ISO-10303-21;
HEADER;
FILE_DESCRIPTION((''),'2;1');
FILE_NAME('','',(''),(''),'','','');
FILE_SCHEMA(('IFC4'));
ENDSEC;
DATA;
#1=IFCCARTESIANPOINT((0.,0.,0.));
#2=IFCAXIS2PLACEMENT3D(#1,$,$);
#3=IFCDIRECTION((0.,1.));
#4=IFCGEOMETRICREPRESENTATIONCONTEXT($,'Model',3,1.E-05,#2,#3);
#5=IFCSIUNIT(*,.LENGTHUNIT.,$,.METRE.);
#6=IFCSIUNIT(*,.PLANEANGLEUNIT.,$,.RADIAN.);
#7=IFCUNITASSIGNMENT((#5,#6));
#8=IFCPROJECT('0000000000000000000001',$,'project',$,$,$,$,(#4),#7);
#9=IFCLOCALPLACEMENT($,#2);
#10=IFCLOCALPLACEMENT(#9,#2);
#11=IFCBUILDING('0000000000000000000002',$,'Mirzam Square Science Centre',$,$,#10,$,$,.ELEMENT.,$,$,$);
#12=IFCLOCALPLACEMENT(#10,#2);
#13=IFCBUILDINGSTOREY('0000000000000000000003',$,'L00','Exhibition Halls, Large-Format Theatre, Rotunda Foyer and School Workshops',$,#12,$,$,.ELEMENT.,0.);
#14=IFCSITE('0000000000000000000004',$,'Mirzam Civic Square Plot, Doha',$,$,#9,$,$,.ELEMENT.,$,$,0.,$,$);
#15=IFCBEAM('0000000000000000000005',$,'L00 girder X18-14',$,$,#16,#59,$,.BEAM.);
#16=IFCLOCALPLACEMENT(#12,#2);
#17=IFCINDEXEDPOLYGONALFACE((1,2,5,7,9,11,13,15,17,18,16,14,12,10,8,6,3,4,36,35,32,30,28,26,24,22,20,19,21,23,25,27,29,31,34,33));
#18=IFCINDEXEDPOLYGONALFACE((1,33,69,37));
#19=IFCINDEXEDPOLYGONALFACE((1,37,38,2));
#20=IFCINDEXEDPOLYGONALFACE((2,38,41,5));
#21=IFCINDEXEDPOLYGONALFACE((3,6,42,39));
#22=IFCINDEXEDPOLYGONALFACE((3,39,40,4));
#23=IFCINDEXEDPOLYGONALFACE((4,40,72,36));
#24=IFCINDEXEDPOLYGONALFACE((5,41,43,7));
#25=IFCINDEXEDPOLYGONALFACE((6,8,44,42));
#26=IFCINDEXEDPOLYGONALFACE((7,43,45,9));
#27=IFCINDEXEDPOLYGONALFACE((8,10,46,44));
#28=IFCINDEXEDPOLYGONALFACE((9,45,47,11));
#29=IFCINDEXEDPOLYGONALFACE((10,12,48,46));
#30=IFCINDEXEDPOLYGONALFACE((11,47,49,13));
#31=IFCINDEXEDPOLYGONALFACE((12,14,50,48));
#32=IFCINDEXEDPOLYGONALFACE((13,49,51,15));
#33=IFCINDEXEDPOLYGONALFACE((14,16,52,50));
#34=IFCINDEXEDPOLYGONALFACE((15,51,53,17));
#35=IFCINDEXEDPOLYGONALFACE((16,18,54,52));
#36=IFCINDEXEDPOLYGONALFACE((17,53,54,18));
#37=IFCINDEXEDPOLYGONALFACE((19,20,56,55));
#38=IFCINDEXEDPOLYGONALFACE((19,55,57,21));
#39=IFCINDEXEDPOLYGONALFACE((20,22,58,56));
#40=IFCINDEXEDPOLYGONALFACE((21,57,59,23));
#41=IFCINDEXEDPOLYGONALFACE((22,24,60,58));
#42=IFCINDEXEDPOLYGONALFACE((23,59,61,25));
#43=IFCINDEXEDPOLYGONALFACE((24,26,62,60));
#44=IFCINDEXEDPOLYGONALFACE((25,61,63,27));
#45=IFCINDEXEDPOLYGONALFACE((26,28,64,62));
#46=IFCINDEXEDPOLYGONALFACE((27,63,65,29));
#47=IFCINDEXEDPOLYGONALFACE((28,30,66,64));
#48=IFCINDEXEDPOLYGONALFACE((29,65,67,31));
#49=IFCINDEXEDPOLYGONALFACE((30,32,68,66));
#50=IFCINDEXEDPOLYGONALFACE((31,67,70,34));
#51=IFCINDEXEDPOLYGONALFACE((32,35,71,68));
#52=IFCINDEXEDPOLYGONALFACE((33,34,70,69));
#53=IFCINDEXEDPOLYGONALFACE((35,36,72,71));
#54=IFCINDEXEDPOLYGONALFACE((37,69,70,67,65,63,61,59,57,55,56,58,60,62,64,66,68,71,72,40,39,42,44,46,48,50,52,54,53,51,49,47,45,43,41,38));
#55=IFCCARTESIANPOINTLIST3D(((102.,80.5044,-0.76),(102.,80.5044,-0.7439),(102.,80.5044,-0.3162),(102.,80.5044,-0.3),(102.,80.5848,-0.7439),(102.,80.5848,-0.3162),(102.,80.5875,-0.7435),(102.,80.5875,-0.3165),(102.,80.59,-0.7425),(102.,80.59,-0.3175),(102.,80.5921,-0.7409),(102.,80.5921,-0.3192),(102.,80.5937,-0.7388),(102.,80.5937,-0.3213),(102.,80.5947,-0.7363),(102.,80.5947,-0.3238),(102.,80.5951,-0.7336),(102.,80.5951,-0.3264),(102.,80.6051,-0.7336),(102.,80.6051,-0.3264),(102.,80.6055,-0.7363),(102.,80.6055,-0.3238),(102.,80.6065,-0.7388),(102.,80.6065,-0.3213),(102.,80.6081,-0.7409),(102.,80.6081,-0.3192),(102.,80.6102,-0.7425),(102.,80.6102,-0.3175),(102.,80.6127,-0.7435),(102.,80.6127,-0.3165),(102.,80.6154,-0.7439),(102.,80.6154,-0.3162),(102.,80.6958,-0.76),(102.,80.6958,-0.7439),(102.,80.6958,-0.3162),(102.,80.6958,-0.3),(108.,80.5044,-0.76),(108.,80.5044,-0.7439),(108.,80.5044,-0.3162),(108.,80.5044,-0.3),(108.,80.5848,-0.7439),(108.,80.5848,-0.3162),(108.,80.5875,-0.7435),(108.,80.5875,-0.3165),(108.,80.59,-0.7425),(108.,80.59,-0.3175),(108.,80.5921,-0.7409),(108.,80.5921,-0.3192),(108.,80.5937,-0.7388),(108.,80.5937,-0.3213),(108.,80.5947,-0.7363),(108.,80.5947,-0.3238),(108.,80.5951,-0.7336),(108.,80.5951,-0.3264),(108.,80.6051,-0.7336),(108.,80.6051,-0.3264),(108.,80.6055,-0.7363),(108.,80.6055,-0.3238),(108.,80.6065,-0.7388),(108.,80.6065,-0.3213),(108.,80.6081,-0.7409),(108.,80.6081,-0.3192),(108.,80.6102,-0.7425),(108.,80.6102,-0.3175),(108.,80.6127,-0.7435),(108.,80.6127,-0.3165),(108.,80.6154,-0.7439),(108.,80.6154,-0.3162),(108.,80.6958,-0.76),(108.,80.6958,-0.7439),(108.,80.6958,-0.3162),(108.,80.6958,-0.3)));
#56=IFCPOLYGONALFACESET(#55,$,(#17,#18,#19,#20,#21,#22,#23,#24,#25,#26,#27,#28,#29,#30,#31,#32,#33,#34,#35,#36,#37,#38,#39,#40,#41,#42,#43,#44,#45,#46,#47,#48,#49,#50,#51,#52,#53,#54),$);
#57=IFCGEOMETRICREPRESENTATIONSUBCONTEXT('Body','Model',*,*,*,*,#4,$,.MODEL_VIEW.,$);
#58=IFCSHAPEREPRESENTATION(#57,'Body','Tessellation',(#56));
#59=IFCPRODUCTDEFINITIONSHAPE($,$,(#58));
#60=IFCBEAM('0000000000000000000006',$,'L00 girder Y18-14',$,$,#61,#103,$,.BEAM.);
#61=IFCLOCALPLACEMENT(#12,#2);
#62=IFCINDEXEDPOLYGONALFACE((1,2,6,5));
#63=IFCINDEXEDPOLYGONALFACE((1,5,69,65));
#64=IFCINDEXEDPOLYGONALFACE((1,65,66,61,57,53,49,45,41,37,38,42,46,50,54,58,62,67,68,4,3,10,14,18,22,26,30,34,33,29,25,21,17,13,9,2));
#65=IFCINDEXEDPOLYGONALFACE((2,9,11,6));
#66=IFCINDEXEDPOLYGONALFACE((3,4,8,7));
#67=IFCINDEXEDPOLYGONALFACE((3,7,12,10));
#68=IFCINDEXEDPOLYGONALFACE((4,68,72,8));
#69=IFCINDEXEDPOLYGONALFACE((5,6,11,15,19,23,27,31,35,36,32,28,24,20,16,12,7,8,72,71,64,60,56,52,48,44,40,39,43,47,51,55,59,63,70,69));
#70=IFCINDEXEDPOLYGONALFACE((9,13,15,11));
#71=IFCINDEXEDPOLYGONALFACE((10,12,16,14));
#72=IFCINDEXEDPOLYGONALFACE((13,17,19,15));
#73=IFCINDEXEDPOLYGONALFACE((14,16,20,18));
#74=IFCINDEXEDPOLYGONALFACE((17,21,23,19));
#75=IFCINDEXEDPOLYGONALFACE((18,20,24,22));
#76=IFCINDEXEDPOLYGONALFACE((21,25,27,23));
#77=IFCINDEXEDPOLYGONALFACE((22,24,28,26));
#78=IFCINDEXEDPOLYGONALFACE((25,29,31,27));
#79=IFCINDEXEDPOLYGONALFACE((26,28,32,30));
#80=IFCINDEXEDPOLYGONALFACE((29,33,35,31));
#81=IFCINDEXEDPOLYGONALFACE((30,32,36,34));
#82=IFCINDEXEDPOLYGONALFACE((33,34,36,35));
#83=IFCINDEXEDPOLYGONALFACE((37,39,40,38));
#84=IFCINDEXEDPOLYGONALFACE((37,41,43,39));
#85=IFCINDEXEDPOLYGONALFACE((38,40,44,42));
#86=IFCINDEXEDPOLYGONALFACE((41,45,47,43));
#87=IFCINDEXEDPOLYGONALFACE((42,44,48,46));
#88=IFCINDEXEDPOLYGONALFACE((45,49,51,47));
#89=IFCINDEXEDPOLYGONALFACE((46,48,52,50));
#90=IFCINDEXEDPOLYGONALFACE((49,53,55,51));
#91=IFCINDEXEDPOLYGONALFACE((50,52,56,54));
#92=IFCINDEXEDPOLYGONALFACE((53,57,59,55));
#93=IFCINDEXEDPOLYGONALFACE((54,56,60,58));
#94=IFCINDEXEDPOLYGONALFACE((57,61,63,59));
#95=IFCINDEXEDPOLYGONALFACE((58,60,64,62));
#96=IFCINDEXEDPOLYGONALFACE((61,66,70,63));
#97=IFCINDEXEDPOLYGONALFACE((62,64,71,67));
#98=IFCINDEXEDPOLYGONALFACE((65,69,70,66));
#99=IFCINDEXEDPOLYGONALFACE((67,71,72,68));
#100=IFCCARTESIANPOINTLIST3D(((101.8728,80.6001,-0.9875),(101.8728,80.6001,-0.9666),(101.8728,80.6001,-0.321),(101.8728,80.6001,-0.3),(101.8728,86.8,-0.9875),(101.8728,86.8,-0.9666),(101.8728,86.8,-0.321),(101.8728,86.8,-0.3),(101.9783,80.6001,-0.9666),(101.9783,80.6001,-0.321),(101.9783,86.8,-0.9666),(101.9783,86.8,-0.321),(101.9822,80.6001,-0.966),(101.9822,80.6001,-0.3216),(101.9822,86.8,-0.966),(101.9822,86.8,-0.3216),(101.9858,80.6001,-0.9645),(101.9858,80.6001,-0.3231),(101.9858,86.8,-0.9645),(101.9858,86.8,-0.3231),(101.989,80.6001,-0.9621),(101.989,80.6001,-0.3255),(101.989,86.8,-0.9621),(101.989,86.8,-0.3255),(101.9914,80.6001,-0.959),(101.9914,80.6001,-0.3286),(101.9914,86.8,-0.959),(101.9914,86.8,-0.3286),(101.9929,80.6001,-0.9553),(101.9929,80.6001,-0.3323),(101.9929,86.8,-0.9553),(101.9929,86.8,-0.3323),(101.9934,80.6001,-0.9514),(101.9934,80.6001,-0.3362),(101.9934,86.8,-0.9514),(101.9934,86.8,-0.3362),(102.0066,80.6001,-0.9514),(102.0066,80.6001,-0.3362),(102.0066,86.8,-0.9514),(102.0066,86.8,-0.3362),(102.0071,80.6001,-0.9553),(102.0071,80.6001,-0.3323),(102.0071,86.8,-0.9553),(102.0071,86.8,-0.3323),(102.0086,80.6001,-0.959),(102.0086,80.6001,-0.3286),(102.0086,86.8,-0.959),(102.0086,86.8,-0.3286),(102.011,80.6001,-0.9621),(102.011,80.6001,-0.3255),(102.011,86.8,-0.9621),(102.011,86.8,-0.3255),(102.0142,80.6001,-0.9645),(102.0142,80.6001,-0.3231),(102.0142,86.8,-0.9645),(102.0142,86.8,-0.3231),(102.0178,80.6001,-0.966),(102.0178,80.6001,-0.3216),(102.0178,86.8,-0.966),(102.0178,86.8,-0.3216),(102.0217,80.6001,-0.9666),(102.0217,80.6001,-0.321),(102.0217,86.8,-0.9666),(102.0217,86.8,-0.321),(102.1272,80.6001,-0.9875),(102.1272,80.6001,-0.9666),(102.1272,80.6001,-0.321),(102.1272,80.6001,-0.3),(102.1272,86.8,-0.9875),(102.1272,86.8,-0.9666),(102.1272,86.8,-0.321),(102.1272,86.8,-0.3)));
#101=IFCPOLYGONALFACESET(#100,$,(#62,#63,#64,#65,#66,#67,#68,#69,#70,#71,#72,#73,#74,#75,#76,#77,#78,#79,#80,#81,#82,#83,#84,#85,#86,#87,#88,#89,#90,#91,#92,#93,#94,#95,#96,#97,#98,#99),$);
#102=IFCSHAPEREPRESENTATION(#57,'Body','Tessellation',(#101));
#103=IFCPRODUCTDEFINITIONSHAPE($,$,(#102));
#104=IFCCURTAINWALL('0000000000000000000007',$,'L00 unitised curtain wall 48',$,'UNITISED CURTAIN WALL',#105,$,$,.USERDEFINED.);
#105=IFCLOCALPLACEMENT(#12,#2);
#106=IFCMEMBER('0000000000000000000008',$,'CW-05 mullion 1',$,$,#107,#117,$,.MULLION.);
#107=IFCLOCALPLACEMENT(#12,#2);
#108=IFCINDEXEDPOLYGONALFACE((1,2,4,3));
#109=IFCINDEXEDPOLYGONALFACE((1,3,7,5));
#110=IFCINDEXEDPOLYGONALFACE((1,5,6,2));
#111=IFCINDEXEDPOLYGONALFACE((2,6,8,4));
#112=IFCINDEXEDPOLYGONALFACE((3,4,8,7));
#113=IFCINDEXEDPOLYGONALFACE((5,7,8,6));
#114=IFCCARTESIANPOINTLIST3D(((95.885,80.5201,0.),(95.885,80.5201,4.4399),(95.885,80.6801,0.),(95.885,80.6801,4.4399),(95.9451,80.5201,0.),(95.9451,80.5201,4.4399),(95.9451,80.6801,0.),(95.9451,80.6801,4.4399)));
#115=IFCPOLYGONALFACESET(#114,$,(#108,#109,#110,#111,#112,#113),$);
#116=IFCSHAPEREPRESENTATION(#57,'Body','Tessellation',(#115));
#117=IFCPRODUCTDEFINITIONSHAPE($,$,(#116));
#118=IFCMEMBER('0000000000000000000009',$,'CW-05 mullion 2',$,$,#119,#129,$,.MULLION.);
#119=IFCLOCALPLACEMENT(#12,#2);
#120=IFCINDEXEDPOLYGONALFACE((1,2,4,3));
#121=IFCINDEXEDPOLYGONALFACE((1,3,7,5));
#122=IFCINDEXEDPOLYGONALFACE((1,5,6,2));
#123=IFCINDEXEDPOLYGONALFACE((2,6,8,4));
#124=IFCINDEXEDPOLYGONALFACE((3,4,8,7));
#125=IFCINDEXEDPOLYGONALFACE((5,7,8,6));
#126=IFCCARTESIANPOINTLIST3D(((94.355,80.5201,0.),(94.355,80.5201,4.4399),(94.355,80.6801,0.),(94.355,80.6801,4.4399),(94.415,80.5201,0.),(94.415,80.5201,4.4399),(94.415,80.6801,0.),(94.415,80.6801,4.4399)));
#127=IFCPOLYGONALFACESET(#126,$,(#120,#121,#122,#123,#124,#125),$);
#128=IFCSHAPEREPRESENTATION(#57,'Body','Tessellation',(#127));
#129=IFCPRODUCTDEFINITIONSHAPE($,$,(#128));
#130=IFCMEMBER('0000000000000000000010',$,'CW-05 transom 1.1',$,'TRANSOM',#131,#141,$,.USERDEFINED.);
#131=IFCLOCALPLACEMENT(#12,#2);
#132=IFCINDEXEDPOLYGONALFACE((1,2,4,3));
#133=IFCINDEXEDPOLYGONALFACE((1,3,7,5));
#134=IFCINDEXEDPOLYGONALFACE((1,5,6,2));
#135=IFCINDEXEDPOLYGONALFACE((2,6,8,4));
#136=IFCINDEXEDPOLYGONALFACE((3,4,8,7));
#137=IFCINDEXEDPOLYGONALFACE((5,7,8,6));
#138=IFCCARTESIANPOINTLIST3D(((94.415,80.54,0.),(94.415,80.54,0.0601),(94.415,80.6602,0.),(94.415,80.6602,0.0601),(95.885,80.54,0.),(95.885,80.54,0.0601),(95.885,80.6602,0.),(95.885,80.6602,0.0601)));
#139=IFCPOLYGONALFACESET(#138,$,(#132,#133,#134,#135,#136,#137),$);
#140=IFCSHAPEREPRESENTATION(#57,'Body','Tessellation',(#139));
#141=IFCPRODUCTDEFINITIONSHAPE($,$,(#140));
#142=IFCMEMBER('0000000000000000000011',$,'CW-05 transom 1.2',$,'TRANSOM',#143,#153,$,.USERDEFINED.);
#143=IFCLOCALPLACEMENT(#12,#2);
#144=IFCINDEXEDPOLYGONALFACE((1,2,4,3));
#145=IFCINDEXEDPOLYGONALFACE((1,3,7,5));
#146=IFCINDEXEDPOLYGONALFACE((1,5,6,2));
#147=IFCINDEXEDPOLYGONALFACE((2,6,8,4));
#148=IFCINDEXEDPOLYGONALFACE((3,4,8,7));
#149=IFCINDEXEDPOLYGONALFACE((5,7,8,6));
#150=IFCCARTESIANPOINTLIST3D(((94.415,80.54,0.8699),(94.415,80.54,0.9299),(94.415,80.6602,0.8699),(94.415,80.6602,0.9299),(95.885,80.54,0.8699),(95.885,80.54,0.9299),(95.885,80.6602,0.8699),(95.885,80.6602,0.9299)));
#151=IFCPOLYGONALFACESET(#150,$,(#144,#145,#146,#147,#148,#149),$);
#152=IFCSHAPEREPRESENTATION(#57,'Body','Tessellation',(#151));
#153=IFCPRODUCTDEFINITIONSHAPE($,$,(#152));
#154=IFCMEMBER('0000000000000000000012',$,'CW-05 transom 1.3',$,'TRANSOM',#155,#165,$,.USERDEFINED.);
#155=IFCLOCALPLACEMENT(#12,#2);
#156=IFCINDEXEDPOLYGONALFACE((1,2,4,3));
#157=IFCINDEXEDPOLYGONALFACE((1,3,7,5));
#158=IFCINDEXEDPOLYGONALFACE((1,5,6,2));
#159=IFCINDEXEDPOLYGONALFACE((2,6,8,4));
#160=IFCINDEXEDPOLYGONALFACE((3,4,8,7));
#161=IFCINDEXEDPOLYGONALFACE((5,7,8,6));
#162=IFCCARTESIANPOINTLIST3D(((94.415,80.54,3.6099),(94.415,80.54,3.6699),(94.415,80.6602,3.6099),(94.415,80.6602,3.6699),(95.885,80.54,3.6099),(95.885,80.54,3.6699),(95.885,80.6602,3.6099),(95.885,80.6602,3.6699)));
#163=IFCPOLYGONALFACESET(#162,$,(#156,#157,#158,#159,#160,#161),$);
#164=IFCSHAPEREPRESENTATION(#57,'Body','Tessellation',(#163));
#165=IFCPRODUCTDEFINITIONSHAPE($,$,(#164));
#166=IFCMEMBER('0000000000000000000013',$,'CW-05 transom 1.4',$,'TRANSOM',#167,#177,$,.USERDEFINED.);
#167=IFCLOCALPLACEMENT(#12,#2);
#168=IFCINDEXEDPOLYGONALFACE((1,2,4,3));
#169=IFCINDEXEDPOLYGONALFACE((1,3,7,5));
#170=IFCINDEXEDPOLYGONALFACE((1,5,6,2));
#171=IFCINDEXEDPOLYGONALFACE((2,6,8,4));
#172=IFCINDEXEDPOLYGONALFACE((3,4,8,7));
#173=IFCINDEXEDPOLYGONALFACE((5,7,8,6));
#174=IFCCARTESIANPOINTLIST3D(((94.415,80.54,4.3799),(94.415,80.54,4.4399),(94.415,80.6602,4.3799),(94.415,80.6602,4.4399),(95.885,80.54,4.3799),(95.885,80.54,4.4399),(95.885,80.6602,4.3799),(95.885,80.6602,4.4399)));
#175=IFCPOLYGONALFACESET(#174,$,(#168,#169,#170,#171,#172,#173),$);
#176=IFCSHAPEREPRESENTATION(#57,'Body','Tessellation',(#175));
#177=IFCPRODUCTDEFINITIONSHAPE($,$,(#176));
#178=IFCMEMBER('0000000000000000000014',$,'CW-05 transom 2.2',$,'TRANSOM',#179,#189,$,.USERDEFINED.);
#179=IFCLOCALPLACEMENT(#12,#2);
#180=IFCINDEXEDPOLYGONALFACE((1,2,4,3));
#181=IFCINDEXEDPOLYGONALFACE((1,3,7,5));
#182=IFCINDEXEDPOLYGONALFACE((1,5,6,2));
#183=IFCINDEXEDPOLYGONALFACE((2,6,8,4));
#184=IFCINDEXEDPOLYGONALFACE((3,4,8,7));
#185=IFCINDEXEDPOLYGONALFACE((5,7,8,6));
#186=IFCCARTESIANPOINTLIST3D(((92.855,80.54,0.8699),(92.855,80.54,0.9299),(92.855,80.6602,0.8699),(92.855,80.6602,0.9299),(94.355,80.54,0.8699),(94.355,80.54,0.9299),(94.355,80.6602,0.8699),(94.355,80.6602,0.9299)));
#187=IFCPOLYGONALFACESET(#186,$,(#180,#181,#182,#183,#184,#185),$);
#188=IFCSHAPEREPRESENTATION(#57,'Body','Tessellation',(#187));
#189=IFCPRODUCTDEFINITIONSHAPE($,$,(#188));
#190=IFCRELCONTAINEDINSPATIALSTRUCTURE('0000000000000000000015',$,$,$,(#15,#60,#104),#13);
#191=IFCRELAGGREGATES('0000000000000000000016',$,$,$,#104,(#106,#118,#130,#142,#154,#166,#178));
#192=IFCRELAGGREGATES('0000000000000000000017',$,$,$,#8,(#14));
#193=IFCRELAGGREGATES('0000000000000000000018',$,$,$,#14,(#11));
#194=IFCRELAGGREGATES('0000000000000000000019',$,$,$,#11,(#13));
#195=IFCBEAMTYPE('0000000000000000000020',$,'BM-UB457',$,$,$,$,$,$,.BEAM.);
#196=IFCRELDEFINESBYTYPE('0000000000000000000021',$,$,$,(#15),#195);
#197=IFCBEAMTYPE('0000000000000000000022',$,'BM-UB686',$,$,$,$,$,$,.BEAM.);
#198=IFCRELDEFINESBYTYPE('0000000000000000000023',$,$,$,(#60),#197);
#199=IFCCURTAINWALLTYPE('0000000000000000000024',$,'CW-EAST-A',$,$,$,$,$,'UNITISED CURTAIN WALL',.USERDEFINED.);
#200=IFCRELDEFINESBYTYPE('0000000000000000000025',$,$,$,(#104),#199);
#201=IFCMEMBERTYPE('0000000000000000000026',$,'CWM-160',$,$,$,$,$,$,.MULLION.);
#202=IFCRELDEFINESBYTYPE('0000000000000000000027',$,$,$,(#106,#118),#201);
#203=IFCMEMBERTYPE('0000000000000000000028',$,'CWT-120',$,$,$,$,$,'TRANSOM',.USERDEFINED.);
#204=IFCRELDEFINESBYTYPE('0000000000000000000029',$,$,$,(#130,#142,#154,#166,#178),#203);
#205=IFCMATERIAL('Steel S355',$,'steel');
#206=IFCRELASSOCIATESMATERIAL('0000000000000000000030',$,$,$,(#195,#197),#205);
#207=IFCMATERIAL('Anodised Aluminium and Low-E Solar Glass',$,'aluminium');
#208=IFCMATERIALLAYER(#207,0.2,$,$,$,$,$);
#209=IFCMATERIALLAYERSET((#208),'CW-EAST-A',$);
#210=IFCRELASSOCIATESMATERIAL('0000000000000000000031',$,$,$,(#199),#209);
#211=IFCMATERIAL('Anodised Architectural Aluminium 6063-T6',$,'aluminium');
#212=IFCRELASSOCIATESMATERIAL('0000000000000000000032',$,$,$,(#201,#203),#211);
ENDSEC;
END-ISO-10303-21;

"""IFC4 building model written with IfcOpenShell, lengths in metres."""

from ifc_helpers import new_model, si_unit, direction, frame, origin, origin_2d, place, context, subcontext, project, spatial, rectangle, i_section, extrude, material, layer, layer_set, material_profile, profile_set, type_object, element, aggregate, save


model = new_model("IFC4")

# Units and contexts
model_context = context("Model", 3, precision=1e-05, world=origin(), true_north=direction((0.0, 1.0)))
body_context = subcontext(model_context, "Body", "Model", "MODEL_VIEW")
ifc_project = project(units=[si_unit("LENGTHUNIT", "METRE"), si_unit("PLANEANGLEUNIT", "RADIAN")], contexts=[model_context])

# Site, building, storey
site_placement = place(None, origin())
site = spatial("IfcSite", under=ifc_project, at=site_placement, Name="Mirzam Civic Square Plot, Doha", CompositionType="ELEMENT", RefElevation=0.0)
building_placement = place(site_placement, origin())
building = spatial("IfcBuilding", under=site, at=building_placement, Name="Mirzam Square Science Centre", CompositionType="ELEMENT")
storey_placement = place(building_placement, origin())
storey = spatial("IfcBuildingStorey", under=building, at=storey_placement, Name="L00", Description="Exhibition Halls, Large-Format Theatre, Rotunda Foyer and School Workshops", CompositionType="ELEMENT", Elevation=0.0)

# Shared definitions
ifc_material_1 = material(Name="Steel S355", Category="steel")

# Beams
ifc_material_profile_1 = material_profile(ifc_material_1, i_section(OverallWidth=0.1914, OverallDepth=0.46, WebThickness=0.01, FlangeThickness=0.0161, FilletRadius=0.0103, at=origin_2d()), Name="457x191x82UB")
ifc_profile_set_1 = profile_set([ifc_material_profile_1], Name="Steel S355")
beam_type_1 = type_object("IfcBeamType", Name="BM-UB457", PredefinedType="BEAM", material=ifc_profile_set_1)
beam_1_placement = place(storey_placement, frame((102.0, 80.6001, -0.53), z_axis=(1.0, 0.0, 0.0), x_axis=(0.0, 1.0, 0.0)))
element("IfcBeam", 1, at=beam_1_placement, inside=storey, type_object=beam_type_1, Name="L00 girder X18-14", PredefinedType="BEAM", context=body_context, shape_type="SweptSolid", body=[
    extrude(i_section(OverallWidth=0.1914, OverallDepth=0.46, WebThickness=0.01, FlangeThickness=0.0161, FilletRadius=0.0103, at=origin_2d()), origin(), (0.0, 0.0, 1.0), 6.0),
])
ifc_material_profile_2 = material_profile(ifc_material_1, i_section(OverallWidth=0.2544, OverallDepth=0.6875, WebThickness=0.0132, FlangeThickness=0.021, FilletRadius=0.0151, at=origin_2d()), Name="686x254x152UB")
ifc_profile_set_2 = profile_set([ifc_material_profile_2], Name="Steel S355")
beam_type_2 = type_object("IfcBeamType", Name="BM-UB686", PredefinedType="BEAM", material=ifc_profile_set_2)
beam_2_placement = place(storey_placement, frame((102.0, 80.6001, -0.6438), z_axis=(0.0, 1.0, 0.0), x_axis=(-1.0, 0.0, 0.0)))
element("IfcBeam", 2, at=beam_2_placement, inside=storey, type_object=beam_type_2, Name="L00 girder Y18-14", PredefinedType="BEAM", context=body_context, shape_type="SweptSolid", body=[
    extrude(i_section(OverallWidth=0.2544, OverallDepth=0.6875, WebThickness=0.0132, FlangeThickness=0.021, FilletRadius=0.0151, at=origin_2d()), origin(), (0.0, 0.0, 1.0), 6.2),
])

# Curtain wall, members
ifc_material_2 = material(Name="Anodised Aluminium and Low-E Solar Glass", Category="aluminium")
ifc_layer_1 = layer(ifc_material_2, 0.2)
ifc_layer_set_1 = layer_set([ifc_layer_1], Name="CW-EAST-A")
curtain_wall_type = type_object("IfcCurtainWallType", Name="CW-EAST-A", ElementType="UNITISED CURTAIN WALL", PredefinedType="USERDEFINED", material=ifc_layer_set_1)
curtain_wall_placement = place(storey_placement, origin())
curtain_wall = element("IfcCurtainWall", 3, at=curtain_wall_placement, inside=storey, type_object=curtain_wall_type, Name="L00 unitised curtain wall 48", ObjectType="UNITISED CURTAIN WALL", PredefinedType="USERDEFINED")
ifc_material_3 = material(Name="Anodised Architectural Aluminium 6063-T6", Category="aluminium")
ifc_material_profile_3 = material_profile(ifc_material_3, rectangle(XDim=0.0601, YDim=0.1599, at=origin_2d()), Name="ALU-MULL-160x60x4")
ifc_profile_set_3 = profile_set([ifc_material_profile_3], Name="Anodised Architectural Aluminium 6063-T6")
member_type_1 = type_object("IfcMemberType", Name="CWM-160", PredefinedType="MULLION", material=ifc_profile_set_3)
member_1_placement = place(storey_placement, frame((95.915, 80.6001, 0.0), z_axis=(0.0, 0.0, 1.0), x_axis=(-1.0, 0.0, 0.0)))
member_1 = element("IfcMember", 4, at=member_1_placement, type_object=member_type_1, Name="CW-05 mullion 1", PredefinedType="MULLION", context=body_context, shape_type="SweptSolid", body=[
    extrude(rectangle(XDim=0.0601, YDim=0.1599, at=origin_2d()), origin(), (0.0, 0.0, 1.0), 4.4399),
])
member_2_placement = place(storey_placement, frame((94.385, 80.6001, 0.0), z_axis=(0.0, 0.0, 1.0), x_axis=(-1.0, 0.0, 0.0)))
member_2 = element("IfcMember", 5, at=member_2_placement, type_object=member_type_1, Name="CW-05 mullion 2", PredefinedType="MULLION", context=body_context, shape_type="SweptSolid", body=[
    extrude(rectangle(XDim=0.0601, YDim=0.1599, at=origin_2d()), origin(), (0.0, 0.0, 1.0), 4.4399),
])
ifc_material_profile_4 = material_profile(ifc_material_3, rectangle(XDim=0.1201, YDim=0.0601, at=origin_2d()), Name="ALU-TRAN-120x60x4")
ifc_profile_set_4 = profile_set([ifc_material_profile_4], Name="Anodised Architectural Aluminium 6063-T6")
member_type_2 = type_object("IfcMemberType", Name="CWT-120", ElementType="TRANSOM", PredefinedType="USERDEFINED", material=ifc_profile_set_4)
member_3_placement = place(storey_placement, frame((95.885, 80.6001, 0.03), z_axis=(-1.0, 0.0, 0.0), x_axis=(0.0, -1.0, 0.0)))
member_3 = element("IfcMember", 6, at=member_3_placement, type_object=member_type_2, Name="CW-05 transom 1.1", ObjectType="TRANSOM", PredefinedType="USERDEFINED", context=body_context, shape_type="SweptSolid", body=[
    extrude(rectangle(XDim=0.1201, YDim=0.0601, at=origin_2d()), origin(), (0.0, 0.0, 1.0), 1.47),
])
member_4_placement = place(storey_placement, frame((95.885, 80.6001, 0.8999), z_axis=(-1.0, 0.0, 0.0), x_axis=(0.0, -1.0, 0.0)))
member_4 = element("IfcMember", 7, at=member_4_placement, type_object=member_type_2, Name="CW-05 transom 1.2", ObjectType="TRANSOM", PredefinedType="USERDEFINED", context=body_context, shape_type="SweptSolid", body=[
    extrude(rectangle(XDim=0.1201, YDim=0.0601, at=origin_2d()), origin(), (0.0, 0.0, 1.0), 1.47),
])
member_5_placement = place(storey_placement, frame((95.885, 80.6001, 3.6399), z_axis=(-1.0, 0.0, 0.0), x_axis=(0.0, -1.0, 0.0)))
member_5 = element("IfcMember", 8, at=member_5_placement, type_object=member_type_2, Name="CW-05 transom 1.3", ObjectType="TRANSOM", PredefinedType="USERDEFINED", context=body_context, shape_type="SweptSolid", body=[
    extrude(rectangle(XDim=0.1201, YDim=0.0601, at=origin_2d()), origin(), (0.0, 0.0, 1.0), 1.47),
])
member_6_placement = place(storey_placement, frame((95.885, 80.6001, 4.4099), z_axis=(-1.0, 0.0, 0.0), x_axis=(0.0, -1.0, 0.0)))
member_6 = element("IfcMember", 9, at=member_6_placement, type_object=member_type_2, Name="CW-05 transom 1.4", ObjectType="TRANSOM", PredefinedType="USERDEFINED", context=body_context, shape_type="SweptSolid", body=[
    extrude(rectangle(XDim=0.1201, YDim=0.0601, at=origin_2d()), origin(), (0.0, 0.0, 1.0), 1.47),
])
member_7_placement = place(storey_placement, frame((94.355, 80.6001, 0.8999), z_axis=(-1.0, 0.0, 0.0), x_axis=(0.0, -1.0, 0.0)))
member_7 = element("IfcMember", 10, at=member_7_placement, type_object=member_type_2, Name="CW-05 transom 2.2", ObjectType="TRANSOM", PredefinedType="USERDEFINED", context=body_context, shape_type="SweptSolid", body=[
    extrude(rectangle(XDim=0.1201, YDim=0.0601, at=origin_2d()), origin(), (0.0, 0.0, 1.0), 1.5),
])

aggregate(curtain_wall, [member_1, member_2, member_3, member_4, member_5, member_6, member_7])

save(model, "model.ifc")
